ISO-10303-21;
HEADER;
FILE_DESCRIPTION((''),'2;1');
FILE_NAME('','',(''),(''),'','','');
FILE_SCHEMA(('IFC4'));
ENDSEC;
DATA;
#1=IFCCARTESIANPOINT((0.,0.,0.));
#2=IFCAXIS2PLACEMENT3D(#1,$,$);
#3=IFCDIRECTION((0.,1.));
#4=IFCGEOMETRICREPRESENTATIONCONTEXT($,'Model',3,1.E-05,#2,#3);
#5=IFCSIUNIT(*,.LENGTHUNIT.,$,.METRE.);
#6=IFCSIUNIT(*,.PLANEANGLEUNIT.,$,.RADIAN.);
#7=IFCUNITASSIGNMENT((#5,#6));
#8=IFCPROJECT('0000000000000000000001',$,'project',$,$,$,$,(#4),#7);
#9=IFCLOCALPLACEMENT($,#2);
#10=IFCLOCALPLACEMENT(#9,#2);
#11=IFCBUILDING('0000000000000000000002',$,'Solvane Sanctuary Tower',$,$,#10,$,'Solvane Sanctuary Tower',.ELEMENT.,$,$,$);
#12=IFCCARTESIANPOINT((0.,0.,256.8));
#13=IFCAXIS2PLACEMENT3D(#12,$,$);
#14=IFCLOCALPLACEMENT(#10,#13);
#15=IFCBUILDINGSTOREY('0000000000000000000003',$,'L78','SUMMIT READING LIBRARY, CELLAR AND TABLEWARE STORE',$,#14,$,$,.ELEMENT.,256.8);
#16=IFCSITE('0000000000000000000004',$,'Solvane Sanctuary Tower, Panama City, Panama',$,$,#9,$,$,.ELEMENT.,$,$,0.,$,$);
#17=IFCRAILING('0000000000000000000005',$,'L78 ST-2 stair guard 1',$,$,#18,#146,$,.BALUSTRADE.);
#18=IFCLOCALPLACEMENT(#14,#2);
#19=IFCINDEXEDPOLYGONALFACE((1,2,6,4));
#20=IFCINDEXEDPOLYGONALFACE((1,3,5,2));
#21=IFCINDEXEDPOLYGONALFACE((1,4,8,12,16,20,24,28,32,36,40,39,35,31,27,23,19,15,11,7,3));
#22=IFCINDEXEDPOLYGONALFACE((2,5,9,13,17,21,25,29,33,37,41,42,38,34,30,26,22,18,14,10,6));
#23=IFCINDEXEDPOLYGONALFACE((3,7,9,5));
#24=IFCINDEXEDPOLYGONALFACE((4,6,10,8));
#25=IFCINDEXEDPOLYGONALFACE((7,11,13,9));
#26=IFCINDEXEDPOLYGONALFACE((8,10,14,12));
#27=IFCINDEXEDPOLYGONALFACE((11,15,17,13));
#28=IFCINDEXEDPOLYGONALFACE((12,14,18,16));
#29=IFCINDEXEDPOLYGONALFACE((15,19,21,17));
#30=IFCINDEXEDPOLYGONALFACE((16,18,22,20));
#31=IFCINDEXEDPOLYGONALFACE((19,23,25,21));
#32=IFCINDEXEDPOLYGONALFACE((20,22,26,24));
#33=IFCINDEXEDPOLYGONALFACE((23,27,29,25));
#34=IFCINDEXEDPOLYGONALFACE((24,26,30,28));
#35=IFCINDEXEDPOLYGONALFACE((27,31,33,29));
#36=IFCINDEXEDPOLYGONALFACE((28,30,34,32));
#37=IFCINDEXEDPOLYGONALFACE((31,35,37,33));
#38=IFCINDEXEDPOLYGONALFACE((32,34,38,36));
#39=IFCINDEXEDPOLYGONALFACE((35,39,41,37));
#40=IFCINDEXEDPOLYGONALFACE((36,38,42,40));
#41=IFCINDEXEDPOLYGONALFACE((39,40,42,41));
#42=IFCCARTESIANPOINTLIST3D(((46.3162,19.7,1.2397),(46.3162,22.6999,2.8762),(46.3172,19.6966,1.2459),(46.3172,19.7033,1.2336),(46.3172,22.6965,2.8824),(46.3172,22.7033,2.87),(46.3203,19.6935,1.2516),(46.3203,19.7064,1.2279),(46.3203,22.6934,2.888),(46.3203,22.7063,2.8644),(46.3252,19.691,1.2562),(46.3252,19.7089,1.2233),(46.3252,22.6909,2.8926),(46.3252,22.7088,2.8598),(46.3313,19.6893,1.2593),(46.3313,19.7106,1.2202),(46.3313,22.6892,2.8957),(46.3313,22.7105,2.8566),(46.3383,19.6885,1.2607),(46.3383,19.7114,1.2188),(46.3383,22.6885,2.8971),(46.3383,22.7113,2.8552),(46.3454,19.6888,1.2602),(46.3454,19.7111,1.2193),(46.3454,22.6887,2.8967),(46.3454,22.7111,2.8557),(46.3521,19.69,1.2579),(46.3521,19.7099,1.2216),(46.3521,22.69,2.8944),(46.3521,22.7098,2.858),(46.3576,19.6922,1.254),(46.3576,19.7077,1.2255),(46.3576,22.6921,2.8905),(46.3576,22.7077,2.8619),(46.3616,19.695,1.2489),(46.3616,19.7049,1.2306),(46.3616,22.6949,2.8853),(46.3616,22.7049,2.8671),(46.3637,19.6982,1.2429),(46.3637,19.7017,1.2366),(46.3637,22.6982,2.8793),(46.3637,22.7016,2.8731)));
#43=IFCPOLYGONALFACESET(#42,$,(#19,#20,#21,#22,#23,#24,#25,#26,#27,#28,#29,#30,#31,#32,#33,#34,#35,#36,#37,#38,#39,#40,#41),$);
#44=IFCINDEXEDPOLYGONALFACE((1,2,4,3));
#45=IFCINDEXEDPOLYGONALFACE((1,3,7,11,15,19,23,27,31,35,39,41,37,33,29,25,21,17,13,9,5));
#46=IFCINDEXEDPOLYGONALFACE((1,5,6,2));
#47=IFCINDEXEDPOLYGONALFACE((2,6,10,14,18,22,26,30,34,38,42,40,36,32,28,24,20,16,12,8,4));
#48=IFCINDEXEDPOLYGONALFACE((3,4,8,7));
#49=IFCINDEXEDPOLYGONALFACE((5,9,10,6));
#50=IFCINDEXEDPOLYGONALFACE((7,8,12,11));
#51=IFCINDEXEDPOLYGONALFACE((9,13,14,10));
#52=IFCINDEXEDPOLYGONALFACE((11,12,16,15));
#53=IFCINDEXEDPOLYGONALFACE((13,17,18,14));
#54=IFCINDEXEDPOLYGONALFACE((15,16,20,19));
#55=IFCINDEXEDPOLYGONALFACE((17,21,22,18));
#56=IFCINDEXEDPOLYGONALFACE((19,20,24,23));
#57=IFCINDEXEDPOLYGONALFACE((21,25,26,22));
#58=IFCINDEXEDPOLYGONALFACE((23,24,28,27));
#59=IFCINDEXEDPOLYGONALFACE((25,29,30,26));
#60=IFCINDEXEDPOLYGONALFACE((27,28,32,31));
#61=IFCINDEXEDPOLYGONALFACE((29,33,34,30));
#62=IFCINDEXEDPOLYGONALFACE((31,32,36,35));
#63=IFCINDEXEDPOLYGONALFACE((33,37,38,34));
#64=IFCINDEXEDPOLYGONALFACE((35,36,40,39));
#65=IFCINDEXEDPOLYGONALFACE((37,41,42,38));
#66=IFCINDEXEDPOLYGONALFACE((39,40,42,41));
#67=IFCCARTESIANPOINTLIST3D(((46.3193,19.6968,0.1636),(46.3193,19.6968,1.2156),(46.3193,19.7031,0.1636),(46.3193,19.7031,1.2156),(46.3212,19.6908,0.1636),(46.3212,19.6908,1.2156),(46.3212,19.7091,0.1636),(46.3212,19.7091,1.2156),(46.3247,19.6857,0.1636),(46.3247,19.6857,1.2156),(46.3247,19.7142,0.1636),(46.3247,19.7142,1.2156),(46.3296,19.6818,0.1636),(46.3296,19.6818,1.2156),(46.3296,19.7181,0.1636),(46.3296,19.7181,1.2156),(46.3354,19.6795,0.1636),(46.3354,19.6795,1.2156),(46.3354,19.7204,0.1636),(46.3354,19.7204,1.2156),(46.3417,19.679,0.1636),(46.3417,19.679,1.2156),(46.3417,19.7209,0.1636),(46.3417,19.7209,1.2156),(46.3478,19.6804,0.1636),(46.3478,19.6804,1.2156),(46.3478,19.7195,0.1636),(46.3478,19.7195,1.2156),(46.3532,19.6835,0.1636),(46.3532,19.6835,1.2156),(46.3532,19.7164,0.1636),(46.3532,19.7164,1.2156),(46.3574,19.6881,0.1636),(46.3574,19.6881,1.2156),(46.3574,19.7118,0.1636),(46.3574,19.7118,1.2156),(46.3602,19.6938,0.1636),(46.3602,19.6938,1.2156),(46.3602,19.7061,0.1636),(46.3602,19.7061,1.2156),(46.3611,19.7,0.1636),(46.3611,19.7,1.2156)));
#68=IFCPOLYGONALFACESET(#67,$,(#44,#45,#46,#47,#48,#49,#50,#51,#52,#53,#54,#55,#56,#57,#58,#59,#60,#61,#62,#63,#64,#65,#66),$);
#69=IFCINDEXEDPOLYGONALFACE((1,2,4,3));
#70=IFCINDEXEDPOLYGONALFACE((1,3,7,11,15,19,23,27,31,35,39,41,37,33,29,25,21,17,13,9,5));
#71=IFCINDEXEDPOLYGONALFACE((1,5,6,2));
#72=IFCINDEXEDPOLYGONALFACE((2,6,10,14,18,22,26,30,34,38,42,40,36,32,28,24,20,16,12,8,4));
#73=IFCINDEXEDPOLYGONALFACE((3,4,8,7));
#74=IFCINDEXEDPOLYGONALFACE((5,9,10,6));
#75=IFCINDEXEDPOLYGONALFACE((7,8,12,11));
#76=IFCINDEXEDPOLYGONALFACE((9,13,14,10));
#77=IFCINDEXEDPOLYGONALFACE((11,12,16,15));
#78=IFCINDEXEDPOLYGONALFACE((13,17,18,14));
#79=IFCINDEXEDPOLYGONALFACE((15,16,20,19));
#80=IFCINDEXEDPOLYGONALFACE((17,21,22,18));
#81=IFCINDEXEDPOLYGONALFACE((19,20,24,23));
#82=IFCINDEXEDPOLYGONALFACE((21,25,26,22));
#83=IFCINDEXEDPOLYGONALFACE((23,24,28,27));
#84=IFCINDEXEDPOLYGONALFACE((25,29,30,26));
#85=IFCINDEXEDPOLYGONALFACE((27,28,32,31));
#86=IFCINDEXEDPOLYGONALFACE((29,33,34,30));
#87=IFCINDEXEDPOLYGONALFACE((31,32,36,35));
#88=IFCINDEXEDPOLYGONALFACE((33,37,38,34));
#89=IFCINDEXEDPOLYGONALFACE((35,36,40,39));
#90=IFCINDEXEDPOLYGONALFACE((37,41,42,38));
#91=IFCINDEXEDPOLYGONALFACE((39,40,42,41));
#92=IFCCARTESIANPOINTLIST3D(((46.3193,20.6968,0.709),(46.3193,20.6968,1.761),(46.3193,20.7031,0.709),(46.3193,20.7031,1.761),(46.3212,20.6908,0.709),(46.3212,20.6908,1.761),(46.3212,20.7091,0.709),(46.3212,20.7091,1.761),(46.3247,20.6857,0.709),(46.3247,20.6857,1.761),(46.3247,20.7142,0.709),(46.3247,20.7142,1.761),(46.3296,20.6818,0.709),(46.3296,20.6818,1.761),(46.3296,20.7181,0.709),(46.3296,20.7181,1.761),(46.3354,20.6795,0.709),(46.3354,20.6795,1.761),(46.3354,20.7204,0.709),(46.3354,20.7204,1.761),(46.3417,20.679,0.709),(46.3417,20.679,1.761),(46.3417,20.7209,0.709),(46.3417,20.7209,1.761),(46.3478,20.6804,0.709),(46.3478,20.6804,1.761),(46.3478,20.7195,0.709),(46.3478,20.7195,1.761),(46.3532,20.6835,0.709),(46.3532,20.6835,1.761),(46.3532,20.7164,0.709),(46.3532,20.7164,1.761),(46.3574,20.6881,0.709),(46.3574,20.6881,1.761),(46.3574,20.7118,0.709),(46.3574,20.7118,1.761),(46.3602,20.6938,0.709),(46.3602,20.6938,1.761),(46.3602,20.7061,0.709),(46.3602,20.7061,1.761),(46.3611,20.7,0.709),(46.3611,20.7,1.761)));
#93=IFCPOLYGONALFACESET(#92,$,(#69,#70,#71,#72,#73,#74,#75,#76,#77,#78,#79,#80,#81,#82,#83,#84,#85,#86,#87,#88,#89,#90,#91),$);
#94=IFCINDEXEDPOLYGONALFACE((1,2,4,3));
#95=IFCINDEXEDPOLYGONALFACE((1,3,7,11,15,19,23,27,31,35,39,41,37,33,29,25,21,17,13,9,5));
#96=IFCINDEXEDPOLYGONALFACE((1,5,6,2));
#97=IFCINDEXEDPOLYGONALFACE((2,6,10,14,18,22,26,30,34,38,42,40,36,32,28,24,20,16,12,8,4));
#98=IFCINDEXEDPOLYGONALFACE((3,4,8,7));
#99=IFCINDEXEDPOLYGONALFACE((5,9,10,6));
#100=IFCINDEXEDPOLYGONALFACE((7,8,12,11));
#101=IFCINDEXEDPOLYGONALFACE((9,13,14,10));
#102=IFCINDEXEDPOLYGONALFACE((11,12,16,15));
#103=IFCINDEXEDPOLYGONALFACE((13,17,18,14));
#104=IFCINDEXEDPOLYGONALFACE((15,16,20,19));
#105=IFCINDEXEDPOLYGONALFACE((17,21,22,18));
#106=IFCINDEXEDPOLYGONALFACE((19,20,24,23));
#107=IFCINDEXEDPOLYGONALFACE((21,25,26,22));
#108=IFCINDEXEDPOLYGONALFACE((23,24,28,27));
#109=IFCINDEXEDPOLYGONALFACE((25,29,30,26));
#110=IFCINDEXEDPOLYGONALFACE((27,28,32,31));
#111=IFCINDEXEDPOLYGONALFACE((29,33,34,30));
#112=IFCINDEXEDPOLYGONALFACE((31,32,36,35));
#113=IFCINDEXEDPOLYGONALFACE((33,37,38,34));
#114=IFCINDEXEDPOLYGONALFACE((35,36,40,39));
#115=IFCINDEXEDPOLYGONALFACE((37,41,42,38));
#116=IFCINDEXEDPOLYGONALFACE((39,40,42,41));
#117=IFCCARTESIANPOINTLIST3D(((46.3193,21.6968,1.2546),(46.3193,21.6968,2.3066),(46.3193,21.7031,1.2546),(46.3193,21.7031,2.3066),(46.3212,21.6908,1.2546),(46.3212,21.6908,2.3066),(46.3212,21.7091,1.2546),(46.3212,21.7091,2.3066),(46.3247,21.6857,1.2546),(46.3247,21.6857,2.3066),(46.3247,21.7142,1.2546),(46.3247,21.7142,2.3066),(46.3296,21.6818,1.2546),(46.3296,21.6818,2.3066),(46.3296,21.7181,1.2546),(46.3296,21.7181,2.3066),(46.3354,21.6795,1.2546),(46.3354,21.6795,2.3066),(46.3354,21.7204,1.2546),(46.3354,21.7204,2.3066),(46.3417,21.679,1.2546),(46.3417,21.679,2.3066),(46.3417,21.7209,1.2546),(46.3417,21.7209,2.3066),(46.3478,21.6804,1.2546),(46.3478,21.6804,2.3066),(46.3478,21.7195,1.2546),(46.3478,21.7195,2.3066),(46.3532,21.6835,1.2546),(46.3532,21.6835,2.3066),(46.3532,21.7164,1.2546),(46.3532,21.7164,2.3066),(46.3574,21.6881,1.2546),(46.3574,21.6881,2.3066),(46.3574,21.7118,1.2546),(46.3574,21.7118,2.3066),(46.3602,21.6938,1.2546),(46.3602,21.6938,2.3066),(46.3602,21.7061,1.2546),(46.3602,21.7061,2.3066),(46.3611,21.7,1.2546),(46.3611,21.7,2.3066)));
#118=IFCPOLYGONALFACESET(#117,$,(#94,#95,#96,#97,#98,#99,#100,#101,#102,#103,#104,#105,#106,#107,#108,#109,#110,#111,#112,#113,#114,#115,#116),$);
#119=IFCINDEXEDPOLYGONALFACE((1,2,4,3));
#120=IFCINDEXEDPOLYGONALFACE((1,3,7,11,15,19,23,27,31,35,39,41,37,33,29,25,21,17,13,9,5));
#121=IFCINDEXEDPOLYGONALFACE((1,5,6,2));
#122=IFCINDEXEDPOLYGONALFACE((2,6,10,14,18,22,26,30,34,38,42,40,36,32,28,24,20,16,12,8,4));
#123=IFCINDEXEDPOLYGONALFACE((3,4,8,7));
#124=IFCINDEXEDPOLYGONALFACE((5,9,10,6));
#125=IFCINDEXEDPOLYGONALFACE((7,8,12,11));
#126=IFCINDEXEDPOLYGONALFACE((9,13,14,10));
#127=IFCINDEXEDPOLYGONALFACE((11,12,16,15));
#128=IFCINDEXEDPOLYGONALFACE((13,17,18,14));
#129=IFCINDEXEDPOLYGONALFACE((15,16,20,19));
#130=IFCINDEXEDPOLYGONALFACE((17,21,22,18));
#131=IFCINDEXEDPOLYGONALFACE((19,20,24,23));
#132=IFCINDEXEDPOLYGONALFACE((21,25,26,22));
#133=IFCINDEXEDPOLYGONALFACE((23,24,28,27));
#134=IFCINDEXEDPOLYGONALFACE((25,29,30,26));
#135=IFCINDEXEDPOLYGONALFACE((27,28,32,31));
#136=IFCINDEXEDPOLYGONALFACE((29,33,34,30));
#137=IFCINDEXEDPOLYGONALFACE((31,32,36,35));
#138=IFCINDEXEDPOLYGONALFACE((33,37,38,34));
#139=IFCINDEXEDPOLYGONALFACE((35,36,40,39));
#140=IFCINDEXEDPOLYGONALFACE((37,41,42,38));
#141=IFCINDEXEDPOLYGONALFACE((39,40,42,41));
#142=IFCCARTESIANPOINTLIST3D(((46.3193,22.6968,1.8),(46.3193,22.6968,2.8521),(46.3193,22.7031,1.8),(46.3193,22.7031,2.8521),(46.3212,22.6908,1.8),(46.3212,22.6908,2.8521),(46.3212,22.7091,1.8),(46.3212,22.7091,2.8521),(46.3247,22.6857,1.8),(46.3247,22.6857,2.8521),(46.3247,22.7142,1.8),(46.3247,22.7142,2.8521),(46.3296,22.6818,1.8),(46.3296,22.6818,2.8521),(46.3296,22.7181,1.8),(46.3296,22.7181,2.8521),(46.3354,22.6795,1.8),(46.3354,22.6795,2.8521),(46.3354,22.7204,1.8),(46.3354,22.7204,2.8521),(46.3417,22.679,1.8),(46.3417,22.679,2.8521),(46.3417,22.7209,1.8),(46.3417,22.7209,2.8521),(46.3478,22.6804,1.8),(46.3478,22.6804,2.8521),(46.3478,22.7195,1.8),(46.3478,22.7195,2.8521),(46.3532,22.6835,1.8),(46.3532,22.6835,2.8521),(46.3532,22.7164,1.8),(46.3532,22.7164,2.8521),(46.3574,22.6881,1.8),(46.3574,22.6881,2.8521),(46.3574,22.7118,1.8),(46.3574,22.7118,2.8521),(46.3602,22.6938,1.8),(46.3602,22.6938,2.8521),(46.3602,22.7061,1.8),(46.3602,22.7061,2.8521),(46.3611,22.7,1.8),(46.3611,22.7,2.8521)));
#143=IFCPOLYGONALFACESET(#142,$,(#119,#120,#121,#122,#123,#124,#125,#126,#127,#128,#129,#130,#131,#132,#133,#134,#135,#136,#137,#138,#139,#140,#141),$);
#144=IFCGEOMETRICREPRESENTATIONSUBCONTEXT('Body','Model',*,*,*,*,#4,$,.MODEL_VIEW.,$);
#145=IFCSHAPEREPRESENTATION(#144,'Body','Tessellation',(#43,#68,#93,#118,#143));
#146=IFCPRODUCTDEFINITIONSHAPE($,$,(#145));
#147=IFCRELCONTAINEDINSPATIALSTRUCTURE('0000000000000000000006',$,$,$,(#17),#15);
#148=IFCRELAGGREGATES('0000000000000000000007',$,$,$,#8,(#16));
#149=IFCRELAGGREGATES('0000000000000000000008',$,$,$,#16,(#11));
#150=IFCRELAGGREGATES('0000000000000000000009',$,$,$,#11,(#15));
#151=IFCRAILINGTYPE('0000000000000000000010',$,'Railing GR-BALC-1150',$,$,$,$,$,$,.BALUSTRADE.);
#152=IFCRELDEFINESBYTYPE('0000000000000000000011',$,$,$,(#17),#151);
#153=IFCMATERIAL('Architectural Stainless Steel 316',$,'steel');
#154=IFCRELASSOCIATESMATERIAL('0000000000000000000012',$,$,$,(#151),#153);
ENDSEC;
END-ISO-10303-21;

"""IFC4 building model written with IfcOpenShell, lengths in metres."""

from ifc_helpers import new_model, si_unit, direction, frame, origin, origin_2d, place, context, subcontext, project, spatial, circle, extrude, material, type_object, element, save


model = new_model("IFC4")

# Units and contexts
model_context = context("Model", 3, precision=1e-05, world=origin(), true_north=direction((0.0, 1.0)))
body_context = subcontext(model_context, "Body", "Model", "MODEL_VIEW")
ifc_project = project(units=[si_unit("LENGTHUNIT", "METRE"), si_unit("PLANEANGLEUNIT", "RADIAN")], contexts=[model_context])

# Site, building, storey
site_placement = place(None, origin())
site = spatial("IfcSite", under=ifc_project, at=site_placement, Name="Solvane Sanctuary Tower, Panama City, Panama", CompositionType="ELEMENT", RefElevation=0.0)
building_placement = place(site_placement, origin())
building = spatial("IfcBuilding", under=site, at=building_placement, Name="Solvane Sanctuary Tower", LongName="Solvane Sanctuary Tower", CompositionType="ELEMENT")
storey_placement = place(building_placement, frame((0.0, 0.0, 256.8)))
storey = spatial("IfcBuildingStorey", under=building, at=storey_placement, Name="L78", Description="SUMMIT READING LIBRARY, CELLAR AND TABLEWARE STORE", CompositionType="ELEMENT", Elevation=256.8)

# Shared definitions
ifc_material_1 = material(Name="Architectural Stainless Steel 316", Category="steel")

# Railing
railing_type_1 = type_object("IfcRailingType", Name="Railing GR-BALC-1150", PredefinedType="BALUSTRADE", material=ifc_material_1)
railing_1_placement = place(storey_placement, frame((46.3401, 19.7, 0.1636)))
element("IfcRailing", 1, at=railing_1_placement, inside=storey, type_object=railing_type_1, Name="L78 ST-2 stair guard 1", PredefinedType="BALUSTRADE", context=body_context, shape_type="SweptSolid", body=[
    extrude(circle(Radius=0.0239, at=origin_2d()), frame((0.0, 0.0, 1.0762), z_axis=(0.0, 0.877882, 0.478877), x_axis=(-1.0, 0.0, 0.0)), (0.0, 0.0, 1.0), 3.4172),
    extrude(circle(Radius=0.021, at=origin_2d()), origin(), (0.0, 0.0, 1.0), 1.052),
    extrude(circle(Radius=0.021, at=origin_2d()), frame((0.0, 1.0, 0.5454)), (0.0, 0.0, 1.0), 1.052),
    extrude(circle(Radius=0.021, at=origin_2d()), frame((0.0, 2.0, 1.0911)), (0.0, 0.0, 1.0), 1.052),
    extrude(circle(Radius=0.021, at=origin_2d()), frame((0.0, 3.0, 1.6365)), (0.0, 0.0, 1.0), 1.052),
])

save(model, "model.ifc")
